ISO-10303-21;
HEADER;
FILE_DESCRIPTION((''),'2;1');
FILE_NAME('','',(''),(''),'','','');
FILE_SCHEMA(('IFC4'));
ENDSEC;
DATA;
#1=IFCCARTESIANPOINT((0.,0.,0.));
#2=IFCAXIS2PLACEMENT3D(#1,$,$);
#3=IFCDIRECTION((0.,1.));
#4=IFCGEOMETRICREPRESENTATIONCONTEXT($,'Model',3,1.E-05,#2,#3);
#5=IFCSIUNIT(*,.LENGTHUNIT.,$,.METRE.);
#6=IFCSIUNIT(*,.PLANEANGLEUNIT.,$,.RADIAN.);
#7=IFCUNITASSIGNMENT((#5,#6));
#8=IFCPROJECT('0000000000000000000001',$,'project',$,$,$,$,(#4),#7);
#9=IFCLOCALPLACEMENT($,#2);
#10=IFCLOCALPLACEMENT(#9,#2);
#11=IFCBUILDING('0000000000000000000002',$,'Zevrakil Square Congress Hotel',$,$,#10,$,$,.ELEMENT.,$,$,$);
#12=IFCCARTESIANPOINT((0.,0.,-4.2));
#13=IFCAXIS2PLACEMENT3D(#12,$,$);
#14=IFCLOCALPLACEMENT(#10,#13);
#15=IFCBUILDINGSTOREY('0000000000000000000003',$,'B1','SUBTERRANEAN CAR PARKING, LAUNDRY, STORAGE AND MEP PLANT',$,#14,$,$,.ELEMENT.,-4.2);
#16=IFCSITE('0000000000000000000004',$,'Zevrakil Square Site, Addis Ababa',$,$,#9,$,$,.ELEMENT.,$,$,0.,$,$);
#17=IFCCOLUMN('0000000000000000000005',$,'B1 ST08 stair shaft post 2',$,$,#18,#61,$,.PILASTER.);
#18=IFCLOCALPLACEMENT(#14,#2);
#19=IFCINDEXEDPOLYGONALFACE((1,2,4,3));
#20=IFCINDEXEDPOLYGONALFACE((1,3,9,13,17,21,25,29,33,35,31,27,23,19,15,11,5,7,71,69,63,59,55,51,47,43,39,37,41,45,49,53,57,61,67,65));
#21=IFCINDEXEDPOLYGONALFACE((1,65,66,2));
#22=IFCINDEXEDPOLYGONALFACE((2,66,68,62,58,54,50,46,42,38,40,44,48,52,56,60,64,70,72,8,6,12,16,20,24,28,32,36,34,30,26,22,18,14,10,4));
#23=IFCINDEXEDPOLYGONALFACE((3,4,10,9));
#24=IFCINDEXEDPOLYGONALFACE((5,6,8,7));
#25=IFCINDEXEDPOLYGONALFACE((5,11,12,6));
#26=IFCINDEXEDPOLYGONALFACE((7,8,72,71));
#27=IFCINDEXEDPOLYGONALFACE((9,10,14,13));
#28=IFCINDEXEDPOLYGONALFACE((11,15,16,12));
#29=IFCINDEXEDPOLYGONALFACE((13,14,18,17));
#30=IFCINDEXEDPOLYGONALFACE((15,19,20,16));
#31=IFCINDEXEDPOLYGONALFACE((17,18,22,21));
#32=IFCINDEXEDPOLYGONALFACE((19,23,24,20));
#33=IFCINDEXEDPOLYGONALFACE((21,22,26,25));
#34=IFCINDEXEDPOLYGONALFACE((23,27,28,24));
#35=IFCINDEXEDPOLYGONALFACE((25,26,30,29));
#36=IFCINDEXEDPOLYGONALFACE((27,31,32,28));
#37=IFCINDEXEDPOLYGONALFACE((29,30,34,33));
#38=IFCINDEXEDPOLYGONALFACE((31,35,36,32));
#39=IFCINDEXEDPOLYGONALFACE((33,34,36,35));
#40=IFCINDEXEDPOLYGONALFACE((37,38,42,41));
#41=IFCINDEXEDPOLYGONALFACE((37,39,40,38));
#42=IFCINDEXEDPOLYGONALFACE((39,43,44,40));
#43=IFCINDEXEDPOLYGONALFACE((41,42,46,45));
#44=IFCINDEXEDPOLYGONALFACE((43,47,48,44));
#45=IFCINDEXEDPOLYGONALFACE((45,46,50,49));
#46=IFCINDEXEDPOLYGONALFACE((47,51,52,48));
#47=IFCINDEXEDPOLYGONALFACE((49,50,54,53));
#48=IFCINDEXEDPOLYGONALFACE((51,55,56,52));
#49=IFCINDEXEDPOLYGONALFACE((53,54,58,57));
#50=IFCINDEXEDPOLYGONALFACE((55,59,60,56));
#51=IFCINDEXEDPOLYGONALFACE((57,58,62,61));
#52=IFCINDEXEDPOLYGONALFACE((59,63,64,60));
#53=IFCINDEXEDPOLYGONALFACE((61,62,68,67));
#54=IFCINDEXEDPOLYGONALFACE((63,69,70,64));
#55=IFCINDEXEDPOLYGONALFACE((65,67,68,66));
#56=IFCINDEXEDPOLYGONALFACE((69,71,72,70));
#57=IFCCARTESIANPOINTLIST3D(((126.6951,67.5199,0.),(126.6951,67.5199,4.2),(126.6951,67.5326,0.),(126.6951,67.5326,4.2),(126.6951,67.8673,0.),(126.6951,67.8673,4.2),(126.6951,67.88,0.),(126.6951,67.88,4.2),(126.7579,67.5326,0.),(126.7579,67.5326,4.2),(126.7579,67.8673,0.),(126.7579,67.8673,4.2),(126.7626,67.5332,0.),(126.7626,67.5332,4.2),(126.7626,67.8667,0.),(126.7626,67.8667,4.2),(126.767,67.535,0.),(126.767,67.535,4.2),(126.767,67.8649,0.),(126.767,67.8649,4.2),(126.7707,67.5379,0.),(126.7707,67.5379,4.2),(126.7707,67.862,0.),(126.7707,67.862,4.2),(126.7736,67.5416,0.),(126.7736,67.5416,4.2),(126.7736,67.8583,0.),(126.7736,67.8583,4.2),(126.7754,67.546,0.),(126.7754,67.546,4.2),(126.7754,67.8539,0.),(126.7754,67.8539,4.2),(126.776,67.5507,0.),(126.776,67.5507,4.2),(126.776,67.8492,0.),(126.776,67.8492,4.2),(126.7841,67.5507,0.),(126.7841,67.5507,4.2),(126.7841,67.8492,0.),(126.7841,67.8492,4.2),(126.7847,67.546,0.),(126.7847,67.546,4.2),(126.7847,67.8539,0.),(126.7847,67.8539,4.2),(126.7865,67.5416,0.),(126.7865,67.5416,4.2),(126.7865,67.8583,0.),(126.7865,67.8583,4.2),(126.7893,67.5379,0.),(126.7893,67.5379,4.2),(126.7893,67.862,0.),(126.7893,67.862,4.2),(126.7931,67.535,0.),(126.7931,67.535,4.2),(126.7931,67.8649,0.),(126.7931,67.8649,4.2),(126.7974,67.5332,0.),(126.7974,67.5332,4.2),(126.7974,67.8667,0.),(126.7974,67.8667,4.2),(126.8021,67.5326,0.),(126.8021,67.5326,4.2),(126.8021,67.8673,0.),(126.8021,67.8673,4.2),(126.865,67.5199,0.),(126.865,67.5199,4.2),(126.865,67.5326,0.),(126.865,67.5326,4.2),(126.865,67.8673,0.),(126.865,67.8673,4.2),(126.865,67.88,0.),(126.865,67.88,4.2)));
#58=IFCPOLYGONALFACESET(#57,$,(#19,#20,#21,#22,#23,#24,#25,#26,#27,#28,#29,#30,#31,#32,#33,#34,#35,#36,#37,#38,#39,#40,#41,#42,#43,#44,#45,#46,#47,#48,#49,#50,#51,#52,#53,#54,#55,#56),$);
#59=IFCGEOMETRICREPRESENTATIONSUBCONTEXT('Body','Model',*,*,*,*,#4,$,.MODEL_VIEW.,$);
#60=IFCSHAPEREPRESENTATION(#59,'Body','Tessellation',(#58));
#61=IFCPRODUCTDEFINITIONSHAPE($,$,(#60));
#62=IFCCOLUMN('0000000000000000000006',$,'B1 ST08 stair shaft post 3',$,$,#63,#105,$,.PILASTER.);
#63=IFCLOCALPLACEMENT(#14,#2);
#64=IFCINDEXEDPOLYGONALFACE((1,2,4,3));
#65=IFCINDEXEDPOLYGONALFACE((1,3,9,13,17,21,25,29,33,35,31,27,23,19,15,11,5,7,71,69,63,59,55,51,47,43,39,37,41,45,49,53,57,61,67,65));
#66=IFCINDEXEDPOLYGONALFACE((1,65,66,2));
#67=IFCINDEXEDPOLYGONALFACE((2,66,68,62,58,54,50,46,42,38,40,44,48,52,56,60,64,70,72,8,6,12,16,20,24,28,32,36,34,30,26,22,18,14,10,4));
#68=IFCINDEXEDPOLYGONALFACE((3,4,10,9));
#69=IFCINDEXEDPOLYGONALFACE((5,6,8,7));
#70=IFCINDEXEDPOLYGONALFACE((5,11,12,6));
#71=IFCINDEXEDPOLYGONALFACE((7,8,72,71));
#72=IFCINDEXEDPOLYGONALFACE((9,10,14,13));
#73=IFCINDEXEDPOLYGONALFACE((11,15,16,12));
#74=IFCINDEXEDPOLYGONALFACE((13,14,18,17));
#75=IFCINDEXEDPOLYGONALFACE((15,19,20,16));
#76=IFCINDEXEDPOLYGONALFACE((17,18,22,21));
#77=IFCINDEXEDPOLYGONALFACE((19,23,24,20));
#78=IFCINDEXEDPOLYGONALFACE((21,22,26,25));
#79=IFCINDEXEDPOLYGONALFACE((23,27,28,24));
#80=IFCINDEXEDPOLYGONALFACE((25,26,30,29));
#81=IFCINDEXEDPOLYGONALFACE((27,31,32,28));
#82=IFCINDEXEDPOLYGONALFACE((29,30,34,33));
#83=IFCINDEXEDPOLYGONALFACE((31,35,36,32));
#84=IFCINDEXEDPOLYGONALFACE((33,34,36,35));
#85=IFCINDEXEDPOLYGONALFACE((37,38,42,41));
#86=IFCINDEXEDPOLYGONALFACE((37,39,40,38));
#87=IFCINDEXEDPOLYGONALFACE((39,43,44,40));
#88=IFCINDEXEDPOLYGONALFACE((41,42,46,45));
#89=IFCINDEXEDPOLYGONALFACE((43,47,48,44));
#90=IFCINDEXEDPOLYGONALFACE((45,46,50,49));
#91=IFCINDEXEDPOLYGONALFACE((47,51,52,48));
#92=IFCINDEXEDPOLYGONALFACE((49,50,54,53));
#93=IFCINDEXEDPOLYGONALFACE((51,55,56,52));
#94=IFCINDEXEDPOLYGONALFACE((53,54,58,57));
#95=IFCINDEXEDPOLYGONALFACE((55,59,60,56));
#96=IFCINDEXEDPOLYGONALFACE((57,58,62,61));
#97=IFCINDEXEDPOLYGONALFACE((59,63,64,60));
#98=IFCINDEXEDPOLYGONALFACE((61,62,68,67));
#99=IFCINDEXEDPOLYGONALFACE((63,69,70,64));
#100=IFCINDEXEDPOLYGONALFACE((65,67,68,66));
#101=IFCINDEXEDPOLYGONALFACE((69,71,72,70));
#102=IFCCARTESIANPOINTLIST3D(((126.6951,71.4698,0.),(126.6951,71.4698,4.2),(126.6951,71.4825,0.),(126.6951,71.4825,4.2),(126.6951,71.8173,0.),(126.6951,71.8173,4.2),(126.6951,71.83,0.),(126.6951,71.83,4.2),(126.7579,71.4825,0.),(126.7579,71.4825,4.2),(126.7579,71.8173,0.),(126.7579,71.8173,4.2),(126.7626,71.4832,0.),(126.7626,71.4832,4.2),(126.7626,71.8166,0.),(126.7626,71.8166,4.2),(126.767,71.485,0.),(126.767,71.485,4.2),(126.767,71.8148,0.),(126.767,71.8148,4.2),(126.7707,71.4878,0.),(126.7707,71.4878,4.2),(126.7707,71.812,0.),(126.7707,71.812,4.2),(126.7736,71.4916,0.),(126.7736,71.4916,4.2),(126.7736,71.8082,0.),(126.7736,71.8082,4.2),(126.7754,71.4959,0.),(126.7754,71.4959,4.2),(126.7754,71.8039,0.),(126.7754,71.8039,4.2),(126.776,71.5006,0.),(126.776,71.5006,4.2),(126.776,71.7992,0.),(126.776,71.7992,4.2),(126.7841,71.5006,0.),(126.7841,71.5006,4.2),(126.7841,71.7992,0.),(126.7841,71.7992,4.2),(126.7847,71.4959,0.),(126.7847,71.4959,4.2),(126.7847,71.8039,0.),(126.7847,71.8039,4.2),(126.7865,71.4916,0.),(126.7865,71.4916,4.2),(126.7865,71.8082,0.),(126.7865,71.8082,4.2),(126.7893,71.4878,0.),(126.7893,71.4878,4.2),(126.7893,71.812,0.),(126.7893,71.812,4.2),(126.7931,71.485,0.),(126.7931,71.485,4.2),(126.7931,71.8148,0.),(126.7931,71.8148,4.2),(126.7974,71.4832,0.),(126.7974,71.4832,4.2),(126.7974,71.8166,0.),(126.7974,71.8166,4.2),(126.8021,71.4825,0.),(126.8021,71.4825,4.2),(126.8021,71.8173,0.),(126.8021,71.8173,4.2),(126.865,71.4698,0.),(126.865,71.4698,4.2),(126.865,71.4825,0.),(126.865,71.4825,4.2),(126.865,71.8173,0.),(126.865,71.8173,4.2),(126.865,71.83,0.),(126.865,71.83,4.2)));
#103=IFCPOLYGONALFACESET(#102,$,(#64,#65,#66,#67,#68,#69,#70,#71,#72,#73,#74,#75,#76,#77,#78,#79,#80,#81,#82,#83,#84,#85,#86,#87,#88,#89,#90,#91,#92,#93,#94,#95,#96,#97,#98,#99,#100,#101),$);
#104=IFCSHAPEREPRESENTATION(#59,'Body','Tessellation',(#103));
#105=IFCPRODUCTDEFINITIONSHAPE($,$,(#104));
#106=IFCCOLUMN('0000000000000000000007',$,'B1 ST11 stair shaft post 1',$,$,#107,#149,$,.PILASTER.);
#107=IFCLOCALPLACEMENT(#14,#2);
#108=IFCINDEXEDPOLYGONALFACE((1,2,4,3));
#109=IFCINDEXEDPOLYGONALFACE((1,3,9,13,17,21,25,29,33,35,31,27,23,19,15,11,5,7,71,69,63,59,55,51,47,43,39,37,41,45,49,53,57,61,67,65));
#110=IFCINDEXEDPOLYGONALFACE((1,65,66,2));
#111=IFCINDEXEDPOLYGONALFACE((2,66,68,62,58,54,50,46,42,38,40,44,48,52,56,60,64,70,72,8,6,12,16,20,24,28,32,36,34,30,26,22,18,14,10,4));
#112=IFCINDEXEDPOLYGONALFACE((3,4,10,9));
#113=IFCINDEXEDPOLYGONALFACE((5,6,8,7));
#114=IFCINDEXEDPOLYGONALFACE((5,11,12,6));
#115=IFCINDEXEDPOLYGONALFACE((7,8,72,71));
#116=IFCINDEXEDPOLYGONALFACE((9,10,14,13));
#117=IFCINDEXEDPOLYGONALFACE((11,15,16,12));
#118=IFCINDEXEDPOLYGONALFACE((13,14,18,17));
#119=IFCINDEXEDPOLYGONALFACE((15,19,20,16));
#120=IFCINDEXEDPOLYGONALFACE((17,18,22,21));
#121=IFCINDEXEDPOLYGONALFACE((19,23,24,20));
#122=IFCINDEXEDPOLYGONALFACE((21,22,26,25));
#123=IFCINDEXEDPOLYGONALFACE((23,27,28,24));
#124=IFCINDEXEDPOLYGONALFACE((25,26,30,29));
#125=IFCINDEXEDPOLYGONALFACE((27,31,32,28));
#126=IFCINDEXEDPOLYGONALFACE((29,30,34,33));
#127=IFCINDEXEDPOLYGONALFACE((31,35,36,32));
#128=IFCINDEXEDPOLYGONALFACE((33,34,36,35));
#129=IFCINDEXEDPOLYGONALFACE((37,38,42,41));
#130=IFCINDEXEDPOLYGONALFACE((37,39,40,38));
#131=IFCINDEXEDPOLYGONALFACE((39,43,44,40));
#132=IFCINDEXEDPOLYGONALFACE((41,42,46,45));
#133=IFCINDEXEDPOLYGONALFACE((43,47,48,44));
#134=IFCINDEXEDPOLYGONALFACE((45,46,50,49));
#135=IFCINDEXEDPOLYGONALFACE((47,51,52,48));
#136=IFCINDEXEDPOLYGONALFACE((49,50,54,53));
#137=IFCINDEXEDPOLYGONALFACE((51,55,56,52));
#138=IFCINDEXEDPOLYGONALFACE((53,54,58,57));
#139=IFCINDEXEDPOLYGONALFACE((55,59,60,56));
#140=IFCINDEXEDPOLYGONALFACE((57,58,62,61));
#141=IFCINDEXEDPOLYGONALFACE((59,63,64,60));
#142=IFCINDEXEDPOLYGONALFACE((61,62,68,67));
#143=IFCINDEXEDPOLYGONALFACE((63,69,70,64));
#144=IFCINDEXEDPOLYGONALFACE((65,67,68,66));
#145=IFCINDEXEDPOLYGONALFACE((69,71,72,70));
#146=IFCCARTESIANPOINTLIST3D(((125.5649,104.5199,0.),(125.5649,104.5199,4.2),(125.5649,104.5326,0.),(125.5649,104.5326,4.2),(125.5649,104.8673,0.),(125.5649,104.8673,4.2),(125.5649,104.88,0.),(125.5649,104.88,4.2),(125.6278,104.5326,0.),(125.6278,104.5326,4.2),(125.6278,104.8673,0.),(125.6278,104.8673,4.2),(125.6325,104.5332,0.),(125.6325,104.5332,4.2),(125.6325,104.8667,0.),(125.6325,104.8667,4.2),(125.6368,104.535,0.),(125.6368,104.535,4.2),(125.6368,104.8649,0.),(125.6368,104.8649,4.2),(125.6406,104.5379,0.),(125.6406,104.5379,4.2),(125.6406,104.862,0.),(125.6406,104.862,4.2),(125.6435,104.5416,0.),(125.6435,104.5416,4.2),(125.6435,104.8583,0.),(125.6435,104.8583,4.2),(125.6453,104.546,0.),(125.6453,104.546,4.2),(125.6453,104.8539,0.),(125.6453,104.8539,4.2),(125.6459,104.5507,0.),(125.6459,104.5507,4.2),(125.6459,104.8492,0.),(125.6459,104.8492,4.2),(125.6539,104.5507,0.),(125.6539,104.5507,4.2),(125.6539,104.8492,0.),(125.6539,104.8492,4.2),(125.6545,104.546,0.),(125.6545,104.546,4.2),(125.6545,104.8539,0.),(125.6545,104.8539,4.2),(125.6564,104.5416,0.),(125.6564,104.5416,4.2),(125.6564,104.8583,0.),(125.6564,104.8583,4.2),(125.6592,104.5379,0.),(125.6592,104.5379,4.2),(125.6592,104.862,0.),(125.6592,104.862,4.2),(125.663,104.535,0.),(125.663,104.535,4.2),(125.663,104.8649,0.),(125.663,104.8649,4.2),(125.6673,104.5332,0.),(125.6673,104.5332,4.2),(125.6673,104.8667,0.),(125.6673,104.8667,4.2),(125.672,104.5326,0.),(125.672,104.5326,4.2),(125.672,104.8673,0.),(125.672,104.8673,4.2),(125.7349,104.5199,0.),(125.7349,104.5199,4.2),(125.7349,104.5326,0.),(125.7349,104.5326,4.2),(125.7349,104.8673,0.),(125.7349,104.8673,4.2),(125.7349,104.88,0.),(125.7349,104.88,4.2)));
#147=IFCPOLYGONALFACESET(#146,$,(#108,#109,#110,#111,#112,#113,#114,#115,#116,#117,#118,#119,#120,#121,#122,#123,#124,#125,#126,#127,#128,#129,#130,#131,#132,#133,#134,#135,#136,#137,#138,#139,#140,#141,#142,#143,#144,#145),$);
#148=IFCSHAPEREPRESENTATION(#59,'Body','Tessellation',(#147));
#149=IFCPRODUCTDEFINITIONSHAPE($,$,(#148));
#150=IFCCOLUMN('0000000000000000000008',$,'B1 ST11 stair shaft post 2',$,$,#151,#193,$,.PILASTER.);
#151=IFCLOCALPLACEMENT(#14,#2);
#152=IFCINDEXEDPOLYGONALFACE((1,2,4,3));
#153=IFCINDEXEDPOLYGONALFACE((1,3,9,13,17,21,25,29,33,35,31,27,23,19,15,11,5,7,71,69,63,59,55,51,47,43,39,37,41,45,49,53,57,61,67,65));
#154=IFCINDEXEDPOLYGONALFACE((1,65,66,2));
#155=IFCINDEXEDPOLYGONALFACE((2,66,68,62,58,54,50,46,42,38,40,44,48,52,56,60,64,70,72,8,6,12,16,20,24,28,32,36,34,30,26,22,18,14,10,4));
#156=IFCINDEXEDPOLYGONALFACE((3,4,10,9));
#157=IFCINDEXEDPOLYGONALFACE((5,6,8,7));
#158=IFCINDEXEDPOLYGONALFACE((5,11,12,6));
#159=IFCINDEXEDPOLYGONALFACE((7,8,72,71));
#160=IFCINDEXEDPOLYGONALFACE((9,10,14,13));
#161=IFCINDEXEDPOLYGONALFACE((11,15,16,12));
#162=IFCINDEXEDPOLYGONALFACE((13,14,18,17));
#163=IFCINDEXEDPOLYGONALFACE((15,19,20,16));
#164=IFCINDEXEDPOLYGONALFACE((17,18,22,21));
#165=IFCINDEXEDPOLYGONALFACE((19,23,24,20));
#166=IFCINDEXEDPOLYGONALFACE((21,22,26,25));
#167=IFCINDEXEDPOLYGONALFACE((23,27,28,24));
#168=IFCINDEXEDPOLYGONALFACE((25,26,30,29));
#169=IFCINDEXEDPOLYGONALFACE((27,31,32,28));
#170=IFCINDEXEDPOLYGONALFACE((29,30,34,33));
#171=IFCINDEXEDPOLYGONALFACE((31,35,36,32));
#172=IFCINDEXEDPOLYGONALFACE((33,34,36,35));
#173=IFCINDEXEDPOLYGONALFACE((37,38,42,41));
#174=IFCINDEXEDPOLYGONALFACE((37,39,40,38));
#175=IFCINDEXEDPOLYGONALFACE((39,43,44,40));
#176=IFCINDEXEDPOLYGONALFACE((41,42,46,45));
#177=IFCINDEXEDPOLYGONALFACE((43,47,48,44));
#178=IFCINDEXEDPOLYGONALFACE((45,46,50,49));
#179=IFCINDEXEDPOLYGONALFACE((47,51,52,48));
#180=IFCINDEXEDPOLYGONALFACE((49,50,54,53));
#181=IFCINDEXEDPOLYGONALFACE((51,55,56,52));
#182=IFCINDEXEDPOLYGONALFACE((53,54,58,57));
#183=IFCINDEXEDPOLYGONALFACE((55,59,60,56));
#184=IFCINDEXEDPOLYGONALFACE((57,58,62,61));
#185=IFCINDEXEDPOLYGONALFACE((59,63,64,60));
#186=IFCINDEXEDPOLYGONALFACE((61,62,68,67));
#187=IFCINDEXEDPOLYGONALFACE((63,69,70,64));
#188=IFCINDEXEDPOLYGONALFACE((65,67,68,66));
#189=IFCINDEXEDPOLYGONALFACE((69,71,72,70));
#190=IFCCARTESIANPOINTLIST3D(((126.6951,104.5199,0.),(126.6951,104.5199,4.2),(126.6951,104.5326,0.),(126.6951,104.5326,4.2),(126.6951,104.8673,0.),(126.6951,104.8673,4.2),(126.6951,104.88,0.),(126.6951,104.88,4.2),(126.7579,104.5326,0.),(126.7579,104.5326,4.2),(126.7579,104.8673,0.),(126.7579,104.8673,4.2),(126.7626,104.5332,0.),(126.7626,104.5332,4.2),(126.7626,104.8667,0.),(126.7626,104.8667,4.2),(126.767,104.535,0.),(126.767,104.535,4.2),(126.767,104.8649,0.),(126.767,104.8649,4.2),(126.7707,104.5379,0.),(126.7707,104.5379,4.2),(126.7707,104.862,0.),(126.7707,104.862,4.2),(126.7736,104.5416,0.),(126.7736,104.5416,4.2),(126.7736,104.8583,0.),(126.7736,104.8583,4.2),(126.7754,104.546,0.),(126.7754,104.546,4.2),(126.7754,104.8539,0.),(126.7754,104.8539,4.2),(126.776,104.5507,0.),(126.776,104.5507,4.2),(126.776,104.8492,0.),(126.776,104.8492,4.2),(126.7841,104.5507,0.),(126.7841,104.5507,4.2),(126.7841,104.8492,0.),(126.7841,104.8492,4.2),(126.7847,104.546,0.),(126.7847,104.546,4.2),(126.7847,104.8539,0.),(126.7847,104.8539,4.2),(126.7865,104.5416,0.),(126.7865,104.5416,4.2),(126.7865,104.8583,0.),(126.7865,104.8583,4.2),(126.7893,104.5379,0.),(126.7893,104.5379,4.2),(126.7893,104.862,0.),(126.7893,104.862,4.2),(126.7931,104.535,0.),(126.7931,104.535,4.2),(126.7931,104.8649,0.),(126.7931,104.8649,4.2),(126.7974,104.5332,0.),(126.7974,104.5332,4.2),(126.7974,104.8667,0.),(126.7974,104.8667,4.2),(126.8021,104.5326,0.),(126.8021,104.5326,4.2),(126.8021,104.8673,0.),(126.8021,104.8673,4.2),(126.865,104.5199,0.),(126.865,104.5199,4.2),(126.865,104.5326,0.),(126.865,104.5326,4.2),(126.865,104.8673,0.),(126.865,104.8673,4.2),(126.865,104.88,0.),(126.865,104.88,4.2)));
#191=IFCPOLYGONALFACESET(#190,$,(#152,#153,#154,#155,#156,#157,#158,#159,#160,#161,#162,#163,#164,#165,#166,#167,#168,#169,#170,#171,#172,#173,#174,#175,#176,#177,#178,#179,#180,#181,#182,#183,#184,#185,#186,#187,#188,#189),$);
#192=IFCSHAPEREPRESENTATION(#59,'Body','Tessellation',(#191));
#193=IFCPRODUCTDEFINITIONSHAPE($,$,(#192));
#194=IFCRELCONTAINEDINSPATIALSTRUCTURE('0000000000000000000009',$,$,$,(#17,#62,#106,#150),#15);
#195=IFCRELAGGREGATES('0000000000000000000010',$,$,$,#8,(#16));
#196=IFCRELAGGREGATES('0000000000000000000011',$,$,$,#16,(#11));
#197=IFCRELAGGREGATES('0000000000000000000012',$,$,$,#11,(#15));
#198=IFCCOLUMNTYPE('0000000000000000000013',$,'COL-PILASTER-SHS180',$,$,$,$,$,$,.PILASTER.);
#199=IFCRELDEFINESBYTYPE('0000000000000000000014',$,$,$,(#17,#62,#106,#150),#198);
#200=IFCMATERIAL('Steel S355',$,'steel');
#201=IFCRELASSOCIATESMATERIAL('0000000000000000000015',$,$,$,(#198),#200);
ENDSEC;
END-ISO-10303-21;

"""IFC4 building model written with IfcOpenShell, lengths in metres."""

from ifc_helpers import new_model, si_unit, direction, frame, origin, origin_2d, place, context, subcontext, project, spatial, i_section, extrude, material, material_profile, profile_set, type_object, element, save


model = new_model("IFC4")

# Units and contexts
model_context = context("Model", 3, precision=1e-05, world=origin(), true_north=direction((0.0, 1.0)))
body_context = subcontext(model_context, "Body", "Model", "MODEL_VIEW")
ifc_project = project(units=[si_unit("LENGTHUNIT", "METRE"), si_unit("PLANEANGLEUNIT", "RADIAN")], contexts=[model_context])

# Site, building, storey
site_placement = place(None, origin())
site = spatial("IfcSite", under=ifc_project, at=site_placement, Name="Zevrakil Square Site, Addis Ababa", CompositionType="ELEMENT", RefElevation=0.0)
building_placement = place(site_placement, origin())
building = spatial("IfcBuilding", under=site, at=building_placement, Name="Zevrakil Square Congress Hotel", CompositionType="ELEMENT")
storey_placement = place(building_placement, frame((0.0, 0.0, -4.2)))
storey = spatial("IfcBuildingStorey", under=building, at=storey_placement, Name="B1", Description="SUBTERRANEAN CAR PARKING, LAUNDRY, STORAGE AND MEP PLANT", CompositionType="ELEMENT", Elevation=-4.2)

# Columns
ifc_material_1 = material(Name="Steel S355", Category="steel")
ifc_material_profile_1 = material_profile(ifc_material_1, i_section(OverallWidth=0.1699, OverallDepth=0.3601, WebThickness=0.0081, FlangeThickness=0.0127, FilletRadius=0.0181, at=origin_2d()), Name="IPE 360")
ifc_profile_set_1 = profile_set([ifc_material_profile_1], Name="Steel S355")
column_type_1 = type_object("IfcColumnType", Name="COL-PILASTER-SHS180", PredefinedType="PILASTER", material=ifc_profile_set_1)
for number, where, z_axis, x_axis, name in (
    (1, (126.78, 67.7, 0.0), (0.0, 0.0, 1.0), (1.0, 0.0, 0.0), "B1 ST08 stair shaft post 2"),
    (2, (126.78, 71.6499, 0.0), (0.0, 0.0, 1.0), (1.0, 0.0, 0.0), "B1 ST08 stair shaft post 3"),
    (3, (125.6499, 104.7, 0.0), (0.0, 0.0, 1.0), (1.0, 0.0, 0.0), "B1 ST11 stair shaft post 1"),
    (4, (126.78, 104.7, 0.0), (0.0, 0.0, 1.0), (1.0, 0.0, 0.0), "B1 ST11 stair shaft post 2"),
):
    element("IfcColumn", number, at=place(storey_placement, frame(where, z_axis=z_axis, x_axis=x_axis)), inside=storey, type_object=column_type_1, Name=name, PredefinedType="PILASTER", context=body_context, shape_type="SweptSolid", body=[
        extrude(i_section(OverallWidth=0.1699, OverallDepth=0.3601, WebThickness=0.0081, FlangeThickness=0.0127, FilletRadius=0.0181, at=origin_2d()), origin(), (0.0, 0.0, 1.0), 4.2),
    ])

save(model, "model.ifc")
